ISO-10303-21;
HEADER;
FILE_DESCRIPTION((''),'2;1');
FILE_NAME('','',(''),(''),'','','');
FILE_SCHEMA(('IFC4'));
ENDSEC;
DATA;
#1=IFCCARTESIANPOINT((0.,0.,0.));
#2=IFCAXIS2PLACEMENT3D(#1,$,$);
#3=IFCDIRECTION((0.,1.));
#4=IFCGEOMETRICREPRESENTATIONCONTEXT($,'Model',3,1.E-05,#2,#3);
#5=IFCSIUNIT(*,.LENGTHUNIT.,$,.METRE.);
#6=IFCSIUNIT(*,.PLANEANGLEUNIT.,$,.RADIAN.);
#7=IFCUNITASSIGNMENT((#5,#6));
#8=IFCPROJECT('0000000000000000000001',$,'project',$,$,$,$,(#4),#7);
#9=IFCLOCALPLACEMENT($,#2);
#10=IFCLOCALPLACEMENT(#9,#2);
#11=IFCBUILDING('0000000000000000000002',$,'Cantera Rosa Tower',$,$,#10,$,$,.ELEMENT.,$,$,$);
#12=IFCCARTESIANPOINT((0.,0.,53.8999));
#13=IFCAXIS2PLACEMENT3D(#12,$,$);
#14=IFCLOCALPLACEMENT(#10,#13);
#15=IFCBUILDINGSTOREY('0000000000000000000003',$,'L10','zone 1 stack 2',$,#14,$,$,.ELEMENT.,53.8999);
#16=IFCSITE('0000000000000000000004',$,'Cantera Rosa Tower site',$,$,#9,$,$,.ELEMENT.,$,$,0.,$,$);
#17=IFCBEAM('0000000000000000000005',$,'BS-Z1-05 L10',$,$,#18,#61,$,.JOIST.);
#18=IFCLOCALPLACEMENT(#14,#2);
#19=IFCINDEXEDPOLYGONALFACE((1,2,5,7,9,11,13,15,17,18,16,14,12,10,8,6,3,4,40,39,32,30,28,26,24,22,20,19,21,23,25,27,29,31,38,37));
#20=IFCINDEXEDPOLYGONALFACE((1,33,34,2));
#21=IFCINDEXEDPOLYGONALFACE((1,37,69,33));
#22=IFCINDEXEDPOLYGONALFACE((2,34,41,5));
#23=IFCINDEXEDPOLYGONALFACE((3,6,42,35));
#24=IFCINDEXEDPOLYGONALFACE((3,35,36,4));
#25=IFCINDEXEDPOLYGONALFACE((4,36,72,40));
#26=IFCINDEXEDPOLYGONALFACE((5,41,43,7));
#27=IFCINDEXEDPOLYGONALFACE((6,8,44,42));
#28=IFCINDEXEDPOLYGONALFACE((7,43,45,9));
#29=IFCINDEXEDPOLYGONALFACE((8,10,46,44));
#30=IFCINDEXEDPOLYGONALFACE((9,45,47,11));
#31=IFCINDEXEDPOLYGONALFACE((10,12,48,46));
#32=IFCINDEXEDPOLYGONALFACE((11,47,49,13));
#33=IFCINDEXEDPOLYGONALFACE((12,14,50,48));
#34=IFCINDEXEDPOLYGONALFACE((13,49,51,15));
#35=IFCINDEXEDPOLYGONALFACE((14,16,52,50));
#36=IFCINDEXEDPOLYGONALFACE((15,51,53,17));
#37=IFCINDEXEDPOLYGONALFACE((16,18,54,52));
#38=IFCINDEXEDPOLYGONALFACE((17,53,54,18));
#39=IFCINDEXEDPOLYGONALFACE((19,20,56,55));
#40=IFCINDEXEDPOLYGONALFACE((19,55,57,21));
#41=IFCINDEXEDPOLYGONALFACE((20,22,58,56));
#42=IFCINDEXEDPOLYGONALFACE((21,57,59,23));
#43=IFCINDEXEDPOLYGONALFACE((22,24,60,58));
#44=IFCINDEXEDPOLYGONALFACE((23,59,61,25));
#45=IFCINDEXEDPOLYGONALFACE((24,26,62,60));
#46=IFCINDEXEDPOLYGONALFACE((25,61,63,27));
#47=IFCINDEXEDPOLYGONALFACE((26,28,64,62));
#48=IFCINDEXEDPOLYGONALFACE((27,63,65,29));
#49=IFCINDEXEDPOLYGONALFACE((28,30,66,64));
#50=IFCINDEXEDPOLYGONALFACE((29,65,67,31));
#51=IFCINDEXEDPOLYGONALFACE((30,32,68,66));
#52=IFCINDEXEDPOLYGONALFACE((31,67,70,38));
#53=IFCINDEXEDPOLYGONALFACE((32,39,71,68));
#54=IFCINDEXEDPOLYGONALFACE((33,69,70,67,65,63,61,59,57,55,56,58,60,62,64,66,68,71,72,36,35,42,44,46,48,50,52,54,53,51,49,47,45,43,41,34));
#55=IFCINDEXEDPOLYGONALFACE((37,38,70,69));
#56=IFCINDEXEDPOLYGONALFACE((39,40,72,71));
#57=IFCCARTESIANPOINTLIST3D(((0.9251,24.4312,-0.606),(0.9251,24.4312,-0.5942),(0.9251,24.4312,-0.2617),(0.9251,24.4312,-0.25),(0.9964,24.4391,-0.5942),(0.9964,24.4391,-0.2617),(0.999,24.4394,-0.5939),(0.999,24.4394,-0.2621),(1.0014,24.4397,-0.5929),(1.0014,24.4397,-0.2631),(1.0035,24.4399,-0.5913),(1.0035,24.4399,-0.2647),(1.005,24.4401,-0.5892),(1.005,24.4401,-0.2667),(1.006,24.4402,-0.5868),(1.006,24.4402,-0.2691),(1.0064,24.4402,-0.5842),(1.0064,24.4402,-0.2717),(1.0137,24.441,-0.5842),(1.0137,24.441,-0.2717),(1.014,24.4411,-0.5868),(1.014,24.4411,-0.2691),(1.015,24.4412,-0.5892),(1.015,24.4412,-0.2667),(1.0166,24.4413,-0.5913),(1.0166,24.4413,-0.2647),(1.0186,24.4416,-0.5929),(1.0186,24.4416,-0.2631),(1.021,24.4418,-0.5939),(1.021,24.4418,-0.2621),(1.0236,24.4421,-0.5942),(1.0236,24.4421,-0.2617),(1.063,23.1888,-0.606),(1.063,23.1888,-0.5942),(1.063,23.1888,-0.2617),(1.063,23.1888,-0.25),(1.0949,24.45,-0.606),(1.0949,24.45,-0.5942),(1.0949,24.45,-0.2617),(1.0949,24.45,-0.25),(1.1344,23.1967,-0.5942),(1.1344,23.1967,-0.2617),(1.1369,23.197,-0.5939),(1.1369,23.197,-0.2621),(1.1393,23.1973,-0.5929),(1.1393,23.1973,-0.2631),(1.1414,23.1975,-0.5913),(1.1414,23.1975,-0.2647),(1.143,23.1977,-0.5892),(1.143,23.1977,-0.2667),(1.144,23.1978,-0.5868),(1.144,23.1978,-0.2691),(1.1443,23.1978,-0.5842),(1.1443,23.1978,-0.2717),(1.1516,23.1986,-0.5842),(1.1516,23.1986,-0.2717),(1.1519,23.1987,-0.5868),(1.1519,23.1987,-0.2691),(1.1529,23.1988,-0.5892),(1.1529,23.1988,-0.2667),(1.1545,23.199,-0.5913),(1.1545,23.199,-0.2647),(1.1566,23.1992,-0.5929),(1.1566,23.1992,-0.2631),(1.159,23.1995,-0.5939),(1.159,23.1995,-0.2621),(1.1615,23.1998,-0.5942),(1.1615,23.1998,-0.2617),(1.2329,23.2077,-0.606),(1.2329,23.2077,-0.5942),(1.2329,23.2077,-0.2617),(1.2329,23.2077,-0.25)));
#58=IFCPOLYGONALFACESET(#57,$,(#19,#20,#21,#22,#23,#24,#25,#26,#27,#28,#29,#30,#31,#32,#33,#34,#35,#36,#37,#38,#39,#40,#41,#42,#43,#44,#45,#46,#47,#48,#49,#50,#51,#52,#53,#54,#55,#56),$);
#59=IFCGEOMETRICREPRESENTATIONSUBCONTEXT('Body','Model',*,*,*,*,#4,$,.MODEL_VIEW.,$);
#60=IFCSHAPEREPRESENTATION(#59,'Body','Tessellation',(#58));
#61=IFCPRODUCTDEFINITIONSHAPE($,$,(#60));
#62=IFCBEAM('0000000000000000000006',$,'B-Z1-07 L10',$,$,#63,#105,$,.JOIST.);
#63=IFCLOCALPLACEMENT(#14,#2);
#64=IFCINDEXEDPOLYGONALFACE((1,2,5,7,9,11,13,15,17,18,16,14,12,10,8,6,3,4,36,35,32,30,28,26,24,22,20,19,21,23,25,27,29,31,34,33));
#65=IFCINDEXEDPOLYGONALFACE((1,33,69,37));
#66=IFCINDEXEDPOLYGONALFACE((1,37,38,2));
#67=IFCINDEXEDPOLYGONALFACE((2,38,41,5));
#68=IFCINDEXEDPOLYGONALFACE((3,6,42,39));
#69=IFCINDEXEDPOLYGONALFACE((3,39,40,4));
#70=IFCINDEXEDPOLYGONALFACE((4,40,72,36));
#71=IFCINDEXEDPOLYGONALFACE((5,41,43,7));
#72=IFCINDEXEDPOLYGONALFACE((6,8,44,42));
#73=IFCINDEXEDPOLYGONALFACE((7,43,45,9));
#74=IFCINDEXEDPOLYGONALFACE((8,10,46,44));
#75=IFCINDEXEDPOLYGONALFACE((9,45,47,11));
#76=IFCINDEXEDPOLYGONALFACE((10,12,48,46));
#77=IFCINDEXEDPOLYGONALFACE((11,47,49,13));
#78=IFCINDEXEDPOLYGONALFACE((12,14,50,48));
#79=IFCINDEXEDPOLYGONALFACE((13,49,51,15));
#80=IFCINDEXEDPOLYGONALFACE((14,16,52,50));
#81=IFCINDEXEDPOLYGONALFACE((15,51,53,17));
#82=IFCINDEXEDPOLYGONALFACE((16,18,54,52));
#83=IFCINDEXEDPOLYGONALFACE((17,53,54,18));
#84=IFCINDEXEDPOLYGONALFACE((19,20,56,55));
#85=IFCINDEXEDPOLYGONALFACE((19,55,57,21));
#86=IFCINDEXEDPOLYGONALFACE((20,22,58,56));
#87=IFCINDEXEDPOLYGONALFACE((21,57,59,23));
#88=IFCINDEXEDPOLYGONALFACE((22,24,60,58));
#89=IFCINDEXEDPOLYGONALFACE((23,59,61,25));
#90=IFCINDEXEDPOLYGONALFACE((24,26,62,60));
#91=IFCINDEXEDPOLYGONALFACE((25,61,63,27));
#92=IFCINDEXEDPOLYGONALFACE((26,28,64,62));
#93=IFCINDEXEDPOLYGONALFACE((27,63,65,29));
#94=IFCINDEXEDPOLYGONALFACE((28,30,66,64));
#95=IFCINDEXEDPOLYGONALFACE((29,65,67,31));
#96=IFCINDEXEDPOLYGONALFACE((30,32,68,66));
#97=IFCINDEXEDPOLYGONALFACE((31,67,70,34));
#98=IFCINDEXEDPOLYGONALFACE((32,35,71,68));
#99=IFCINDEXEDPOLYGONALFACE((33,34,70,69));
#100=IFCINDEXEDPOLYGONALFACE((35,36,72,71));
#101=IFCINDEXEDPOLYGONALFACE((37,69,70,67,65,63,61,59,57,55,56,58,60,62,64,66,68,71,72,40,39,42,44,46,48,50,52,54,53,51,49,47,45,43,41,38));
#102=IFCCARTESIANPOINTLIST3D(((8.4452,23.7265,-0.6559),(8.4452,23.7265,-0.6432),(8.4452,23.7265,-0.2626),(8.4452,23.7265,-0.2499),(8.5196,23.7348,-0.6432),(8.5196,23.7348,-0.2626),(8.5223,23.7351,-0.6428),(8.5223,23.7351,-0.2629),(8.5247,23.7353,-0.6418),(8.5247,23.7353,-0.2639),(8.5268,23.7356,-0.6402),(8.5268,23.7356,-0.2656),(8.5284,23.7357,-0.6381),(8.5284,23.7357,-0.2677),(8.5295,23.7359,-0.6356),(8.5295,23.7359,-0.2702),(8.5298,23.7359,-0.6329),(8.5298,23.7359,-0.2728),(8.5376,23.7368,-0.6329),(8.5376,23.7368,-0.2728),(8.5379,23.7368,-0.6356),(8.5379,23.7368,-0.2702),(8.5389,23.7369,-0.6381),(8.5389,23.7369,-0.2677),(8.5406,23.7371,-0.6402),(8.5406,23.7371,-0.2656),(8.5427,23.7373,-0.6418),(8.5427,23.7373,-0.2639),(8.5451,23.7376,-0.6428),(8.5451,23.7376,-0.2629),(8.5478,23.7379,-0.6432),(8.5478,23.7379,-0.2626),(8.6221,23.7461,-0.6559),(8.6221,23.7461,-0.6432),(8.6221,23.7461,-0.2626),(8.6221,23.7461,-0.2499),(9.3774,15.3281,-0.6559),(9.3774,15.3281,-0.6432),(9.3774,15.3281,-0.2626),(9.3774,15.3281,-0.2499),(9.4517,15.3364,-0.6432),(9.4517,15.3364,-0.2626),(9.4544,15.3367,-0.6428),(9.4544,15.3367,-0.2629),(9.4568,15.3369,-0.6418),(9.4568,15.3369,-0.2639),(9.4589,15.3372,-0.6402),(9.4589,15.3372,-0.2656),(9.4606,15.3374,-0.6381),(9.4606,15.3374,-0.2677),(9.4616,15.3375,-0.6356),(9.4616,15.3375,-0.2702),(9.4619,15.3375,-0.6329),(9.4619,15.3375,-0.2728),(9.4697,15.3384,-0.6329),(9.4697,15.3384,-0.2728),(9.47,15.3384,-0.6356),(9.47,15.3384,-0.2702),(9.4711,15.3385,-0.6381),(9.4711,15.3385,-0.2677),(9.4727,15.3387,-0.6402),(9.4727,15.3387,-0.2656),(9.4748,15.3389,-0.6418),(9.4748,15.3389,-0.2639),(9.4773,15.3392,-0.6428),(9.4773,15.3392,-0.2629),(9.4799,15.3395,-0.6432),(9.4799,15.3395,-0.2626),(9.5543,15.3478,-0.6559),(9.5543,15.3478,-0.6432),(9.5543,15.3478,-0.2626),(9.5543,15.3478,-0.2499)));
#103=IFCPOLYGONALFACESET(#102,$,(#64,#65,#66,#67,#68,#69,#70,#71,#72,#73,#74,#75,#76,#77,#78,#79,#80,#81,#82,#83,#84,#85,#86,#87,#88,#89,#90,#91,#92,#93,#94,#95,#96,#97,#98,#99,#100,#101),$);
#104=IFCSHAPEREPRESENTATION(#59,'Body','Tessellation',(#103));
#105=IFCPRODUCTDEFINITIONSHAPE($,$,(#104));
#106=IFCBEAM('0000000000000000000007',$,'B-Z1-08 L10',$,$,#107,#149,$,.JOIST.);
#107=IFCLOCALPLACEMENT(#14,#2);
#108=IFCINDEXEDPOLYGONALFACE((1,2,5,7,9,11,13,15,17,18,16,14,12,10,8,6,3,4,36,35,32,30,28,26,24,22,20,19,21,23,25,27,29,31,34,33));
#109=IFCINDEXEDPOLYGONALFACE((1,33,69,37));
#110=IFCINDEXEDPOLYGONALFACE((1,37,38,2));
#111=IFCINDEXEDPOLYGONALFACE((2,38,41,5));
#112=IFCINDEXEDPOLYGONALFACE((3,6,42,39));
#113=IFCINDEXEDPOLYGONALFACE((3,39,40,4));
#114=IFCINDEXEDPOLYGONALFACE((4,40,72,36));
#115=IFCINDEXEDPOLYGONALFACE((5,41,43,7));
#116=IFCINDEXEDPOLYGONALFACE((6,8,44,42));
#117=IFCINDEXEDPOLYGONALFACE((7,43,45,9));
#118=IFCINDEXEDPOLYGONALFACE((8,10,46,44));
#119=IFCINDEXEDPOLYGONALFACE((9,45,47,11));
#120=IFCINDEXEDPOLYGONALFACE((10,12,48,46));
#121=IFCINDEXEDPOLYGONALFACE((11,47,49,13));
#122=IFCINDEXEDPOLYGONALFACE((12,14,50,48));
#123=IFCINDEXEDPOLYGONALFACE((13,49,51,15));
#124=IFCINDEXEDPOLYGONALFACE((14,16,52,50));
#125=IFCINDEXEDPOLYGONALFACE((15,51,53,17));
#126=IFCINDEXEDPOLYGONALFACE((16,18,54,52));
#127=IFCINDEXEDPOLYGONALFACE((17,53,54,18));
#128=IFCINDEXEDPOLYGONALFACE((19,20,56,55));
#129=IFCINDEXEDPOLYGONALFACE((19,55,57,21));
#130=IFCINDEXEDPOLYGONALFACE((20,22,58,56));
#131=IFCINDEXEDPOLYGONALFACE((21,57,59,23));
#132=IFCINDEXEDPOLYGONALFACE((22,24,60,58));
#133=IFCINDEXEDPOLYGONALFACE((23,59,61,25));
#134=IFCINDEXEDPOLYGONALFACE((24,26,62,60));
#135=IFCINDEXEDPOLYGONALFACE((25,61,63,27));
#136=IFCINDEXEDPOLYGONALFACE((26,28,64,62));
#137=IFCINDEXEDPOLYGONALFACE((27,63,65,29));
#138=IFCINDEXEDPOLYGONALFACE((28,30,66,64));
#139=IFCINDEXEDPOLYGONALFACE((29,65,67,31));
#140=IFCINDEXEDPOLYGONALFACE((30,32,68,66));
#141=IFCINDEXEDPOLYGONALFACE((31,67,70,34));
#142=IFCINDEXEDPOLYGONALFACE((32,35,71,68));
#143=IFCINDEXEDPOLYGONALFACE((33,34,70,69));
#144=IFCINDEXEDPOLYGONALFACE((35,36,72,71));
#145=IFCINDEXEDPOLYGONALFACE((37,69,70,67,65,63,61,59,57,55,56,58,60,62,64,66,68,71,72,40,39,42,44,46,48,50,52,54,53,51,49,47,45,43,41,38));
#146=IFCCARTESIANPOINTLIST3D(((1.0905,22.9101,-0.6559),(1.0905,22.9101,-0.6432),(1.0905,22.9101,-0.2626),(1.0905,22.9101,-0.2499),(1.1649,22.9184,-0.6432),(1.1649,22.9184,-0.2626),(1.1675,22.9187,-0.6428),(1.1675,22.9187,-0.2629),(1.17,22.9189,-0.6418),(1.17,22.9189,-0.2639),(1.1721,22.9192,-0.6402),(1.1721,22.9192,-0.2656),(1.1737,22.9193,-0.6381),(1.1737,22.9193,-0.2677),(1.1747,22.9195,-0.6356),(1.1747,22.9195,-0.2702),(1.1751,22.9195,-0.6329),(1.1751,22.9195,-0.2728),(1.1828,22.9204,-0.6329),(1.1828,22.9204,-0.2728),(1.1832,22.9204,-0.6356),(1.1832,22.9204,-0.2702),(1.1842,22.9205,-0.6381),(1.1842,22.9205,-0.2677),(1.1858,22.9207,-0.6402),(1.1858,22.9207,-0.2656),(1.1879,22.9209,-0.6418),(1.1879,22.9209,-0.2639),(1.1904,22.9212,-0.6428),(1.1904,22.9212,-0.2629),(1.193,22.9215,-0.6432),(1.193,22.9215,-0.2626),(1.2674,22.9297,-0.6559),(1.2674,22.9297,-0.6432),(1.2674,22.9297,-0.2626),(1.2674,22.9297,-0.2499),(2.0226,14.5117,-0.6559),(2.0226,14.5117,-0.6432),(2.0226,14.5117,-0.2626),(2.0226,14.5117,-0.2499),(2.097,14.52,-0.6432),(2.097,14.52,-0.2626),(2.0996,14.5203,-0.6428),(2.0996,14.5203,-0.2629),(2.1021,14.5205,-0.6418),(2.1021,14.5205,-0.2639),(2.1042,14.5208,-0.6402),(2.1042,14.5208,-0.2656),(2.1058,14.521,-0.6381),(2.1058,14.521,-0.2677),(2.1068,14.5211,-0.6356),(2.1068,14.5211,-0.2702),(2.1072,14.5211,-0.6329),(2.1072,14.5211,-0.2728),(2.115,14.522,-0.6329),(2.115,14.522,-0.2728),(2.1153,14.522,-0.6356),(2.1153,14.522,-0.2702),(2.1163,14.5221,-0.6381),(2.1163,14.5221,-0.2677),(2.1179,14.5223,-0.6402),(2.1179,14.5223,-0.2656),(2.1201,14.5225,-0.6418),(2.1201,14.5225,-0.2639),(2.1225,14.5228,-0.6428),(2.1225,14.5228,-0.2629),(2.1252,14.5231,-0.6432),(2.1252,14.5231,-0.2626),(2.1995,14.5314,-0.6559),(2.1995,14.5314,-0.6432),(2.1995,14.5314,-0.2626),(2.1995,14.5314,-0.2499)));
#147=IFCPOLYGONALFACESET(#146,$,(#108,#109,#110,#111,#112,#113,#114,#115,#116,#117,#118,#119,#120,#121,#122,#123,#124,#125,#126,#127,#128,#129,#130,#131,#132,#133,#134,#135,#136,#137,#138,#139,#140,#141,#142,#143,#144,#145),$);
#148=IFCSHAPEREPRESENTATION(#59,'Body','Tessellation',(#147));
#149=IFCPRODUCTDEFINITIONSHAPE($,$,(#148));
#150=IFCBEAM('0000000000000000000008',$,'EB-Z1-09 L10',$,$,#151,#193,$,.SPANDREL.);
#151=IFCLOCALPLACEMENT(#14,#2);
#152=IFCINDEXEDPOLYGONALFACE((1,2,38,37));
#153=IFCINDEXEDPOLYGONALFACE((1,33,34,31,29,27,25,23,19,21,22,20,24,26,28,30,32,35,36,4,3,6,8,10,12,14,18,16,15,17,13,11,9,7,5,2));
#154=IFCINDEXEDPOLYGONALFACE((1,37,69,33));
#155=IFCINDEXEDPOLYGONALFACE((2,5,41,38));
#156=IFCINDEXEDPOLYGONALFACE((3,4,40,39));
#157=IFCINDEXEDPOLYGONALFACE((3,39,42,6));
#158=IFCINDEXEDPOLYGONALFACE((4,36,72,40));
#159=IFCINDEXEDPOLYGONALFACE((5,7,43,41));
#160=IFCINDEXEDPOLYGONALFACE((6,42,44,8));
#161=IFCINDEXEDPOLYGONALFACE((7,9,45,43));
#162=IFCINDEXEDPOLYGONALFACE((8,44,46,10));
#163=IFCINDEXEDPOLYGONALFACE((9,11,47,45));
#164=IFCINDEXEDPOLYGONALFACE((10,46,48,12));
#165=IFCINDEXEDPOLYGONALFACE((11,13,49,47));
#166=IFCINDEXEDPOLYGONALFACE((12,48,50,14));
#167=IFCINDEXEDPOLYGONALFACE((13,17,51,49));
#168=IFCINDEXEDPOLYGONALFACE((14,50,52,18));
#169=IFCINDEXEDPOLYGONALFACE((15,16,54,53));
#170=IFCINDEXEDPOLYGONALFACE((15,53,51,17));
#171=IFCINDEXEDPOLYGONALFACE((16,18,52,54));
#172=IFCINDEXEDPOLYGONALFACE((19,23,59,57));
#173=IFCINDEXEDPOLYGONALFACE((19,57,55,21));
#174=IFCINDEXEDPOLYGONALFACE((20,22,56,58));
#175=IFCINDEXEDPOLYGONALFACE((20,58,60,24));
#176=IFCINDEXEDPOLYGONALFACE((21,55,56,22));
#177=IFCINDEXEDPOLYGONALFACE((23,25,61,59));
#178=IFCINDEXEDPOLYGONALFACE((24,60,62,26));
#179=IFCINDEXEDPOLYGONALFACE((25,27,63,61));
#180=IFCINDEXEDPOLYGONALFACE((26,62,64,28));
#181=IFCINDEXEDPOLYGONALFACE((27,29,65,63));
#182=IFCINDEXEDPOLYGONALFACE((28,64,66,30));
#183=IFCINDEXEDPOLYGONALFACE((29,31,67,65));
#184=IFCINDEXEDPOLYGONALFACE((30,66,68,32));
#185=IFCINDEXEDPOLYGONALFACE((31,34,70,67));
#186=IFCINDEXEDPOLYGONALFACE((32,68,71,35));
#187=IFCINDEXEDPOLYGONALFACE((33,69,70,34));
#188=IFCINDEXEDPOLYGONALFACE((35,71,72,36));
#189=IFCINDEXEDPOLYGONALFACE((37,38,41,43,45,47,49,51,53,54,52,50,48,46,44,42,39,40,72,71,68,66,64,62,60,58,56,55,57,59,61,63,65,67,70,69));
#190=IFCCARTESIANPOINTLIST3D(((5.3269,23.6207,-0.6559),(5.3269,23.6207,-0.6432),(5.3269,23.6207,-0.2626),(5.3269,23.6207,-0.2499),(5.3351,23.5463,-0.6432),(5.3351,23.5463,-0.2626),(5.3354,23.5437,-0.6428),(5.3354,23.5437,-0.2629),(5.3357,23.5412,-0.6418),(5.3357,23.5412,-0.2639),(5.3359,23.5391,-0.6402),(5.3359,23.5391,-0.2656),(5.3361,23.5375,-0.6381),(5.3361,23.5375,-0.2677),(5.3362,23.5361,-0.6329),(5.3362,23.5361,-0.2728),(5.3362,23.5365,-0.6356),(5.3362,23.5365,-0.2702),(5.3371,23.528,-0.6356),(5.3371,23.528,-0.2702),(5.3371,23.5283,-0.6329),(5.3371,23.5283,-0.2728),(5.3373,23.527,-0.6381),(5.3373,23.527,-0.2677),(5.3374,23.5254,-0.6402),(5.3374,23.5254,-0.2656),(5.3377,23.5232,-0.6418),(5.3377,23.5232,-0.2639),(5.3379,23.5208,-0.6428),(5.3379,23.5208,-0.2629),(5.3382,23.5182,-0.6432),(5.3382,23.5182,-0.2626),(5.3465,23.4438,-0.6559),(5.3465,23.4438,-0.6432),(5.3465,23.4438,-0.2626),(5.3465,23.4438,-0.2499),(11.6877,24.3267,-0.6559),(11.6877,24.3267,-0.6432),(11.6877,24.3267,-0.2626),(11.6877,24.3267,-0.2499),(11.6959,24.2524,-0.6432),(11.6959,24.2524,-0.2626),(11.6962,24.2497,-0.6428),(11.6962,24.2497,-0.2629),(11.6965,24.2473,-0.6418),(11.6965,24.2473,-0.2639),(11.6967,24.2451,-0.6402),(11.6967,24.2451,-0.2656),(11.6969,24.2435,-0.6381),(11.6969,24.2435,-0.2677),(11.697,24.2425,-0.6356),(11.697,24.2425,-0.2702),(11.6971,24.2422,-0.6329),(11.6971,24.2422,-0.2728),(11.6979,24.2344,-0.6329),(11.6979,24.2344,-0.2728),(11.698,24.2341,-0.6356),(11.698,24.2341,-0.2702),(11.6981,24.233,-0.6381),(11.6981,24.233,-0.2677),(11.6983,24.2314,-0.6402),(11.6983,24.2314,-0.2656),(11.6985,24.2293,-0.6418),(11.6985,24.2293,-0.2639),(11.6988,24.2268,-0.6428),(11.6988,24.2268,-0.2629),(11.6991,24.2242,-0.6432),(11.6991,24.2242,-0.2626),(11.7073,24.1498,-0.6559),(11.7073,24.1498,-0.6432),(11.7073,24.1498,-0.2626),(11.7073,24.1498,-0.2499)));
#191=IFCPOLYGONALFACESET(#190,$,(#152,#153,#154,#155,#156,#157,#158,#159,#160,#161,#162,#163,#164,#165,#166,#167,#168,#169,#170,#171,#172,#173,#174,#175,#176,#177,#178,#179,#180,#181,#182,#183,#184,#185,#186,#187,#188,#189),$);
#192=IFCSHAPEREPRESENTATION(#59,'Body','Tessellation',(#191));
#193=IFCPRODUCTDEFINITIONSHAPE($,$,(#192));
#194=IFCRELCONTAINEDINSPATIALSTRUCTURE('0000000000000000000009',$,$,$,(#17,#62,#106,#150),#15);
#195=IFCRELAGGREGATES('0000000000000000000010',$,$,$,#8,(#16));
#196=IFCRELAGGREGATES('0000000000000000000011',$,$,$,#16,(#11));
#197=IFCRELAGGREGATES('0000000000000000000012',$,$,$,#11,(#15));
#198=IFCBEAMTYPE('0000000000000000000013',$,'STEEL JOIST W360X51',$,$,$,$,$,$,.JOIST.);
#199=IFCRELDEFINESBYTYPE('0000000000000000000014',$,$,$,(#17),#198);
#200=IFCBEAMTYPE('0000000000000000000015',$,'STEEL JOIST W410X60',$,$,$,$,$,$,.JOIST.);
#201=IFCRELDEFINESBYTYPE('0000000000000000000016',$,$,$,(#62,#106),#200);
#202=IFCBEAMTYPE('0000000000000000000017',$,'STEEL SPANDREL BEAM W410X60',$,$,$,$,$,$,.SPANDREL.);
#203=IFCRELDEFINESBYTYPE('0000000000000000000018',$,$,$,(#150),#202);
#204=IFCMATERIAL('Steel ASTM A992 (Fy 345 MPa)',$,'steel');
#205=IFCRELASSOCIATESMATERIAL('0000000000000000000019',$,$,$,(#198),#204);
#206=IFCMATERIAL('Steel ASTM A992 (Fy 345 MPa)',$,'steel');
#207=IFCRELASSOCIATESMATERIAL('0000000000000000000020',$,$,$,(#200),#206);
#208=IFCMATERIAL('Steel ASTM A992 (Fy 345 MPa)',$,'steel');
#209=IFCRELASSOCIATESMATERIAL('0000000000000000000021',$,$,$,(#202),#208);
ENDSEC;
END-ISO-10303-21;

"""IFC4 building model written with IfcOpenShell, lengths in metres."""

from ifc_helpers import new_model, si_unit, direction, frame, origin, origin_2d, place, context, subcontext, project, spatial, i_section, extrude, material, material_profile, profile_set, type_object, element, save


model = new_model("IFC4")

# Units and contexts
model_context = context("Model", 3, precision=1e-05, world=origin(), true_north=direction((0.0, 1.0)))
body_context = subcontext(model_context, "Body", "Model", "MODEL_VIEW")
ifc_project = project(units=[si_unit("LENGTHUNIT", "METRE"), si_unit("PLANEANGLEUNIT", "RADIAN")], contexts=[model_context])

# Site, building, storey
site_placement = place(None, origin())
site = spatial("IfcSite", under=ifc_project, at=site_placement, Name="Cantera Rosa Tower site", CompositionType="ELEMENT", RefElevation=0.0)
building_placement = place(site_placement, origin())
building = spatial("IfcBuilding", under=site, at=building_placement, Name="Cantera Rosa Tower", CompositionType="ELEMENT")
storey_placement = place(building_placement, frame((0.0, 0.0, 53.8999)))
storey = spatial("IfcBuildingStorey", under=building, at=storey_placement, Name="L10", Description="zone 1 stack 2", CompositionType="ELEMENT", Elevation=53.8999)

# Beams
ifc_material_1 = material(Name="Steel ASTM A992 (Fy 345 MPa)", Category="steel")
ifc_material_profile_1 = material_profile(ifc_material_1, i_section(OverallWidth=0.1709, OverallDepth=0.356, WebThickness=0.0073, FlangeThickness=0.0117, FilletRadius=0.01, at=origin_2d()), Name="W360X51")
ifc_profile_set_1 = profile_set([ifc_material_profile_1], Name="Steel ASTM A992 (Fy 345 MPa)")
beam_type_1 = type_object("IfcBeamType", Name="STEEL JOIST W360X51", PredefinedType="JOIST", material=ifc_profile_set_1)
beam_1_placement = place(storey_placement, frame((1.1479, 23.1982, -0.428), z_axis=(-0.110346, 0.993893, 0.0), x_axis=(-0.993893, -0.110346, 0.0)))
element("IfcBeam", 1, at=beam_1_placement, inside=storey, type_object=beam_type_1, Name="BS-Z1-05 L10", PredefinedType="JOIST", context=body_context, shape_type="SweptSolid", body=[
    extrude(i_section(OverallWidth=0.1709, OverallDepth=0.356, WebThickness=0.0073, FlangeThickness=0.0117, FilletRadius=0.01, at=origin_2d()), origin(), (0.0, 0.0, 1.0), 1.25),
])
ifc_material_2 = material(Name="Steel ASTM A992 (Fy 345 MPa)", Category="steel")
ifc_material_profile_2 = material_profile(ifc_material_2, i_section(OverallWidth=0.178, OverallDepth=0.406, WebThickness=0.0078, FlangeThickness=0.0127, FilletRadius=0.0103, at=origin_2d()), Name="W410X60")
ifc_profile_set_2 = profile_set([ifc_material_profile_2], Name="Steel ASTM A992 (Fy 345 MPa)")
beam_type_2 = type_object("IfcBeamType", Name="STEEL JOIST W410X60", PredefinedType="JOIST", material=ifc_profile_set_2)
for number, where, z_axis, x_axis, name in (
    (2, (8.5337, 23.7363, -0.4529), (0.110311, -0.993897, 0.0), (0.993897, 0.110311, 0.0), "B-Z1-07 L10"),
    (3, (1.179, 22.9199, -0.4529), (0.110311, -0.993897, 0.0), (0.993897, 0.110311, 0.0), "B-Z1-08 L10"),
):
    element("IfcBeam", number, at=place(storey_placement, frame(where, z_axis=z_axis, x_axis=x_axis)), inside=storey, type_object=beam_type_2, Name=name, PredefinedType="JOIST", context=body_context, shape_type="SweptSolid", body=[
        extrude(i_section(OverallWidth=0.178, OverallDepth=0.406, WebThickness=0.0078, FlangeThickness=0.0127, FilletRadius=0.0103, at=origin_2d()), origin(), (0.0, 0.0, 1.0), 8.45),
    ])
ifc_material_3 = material(Name="Steel ASTM A992 (Fy 345 MPa)", Category="steel")
ifc_material_profile_3 = material_profile(ifc_material_3, i_section(OverallWidth=0.178, OverallDepth=0.406, WebThickness=0.0078, FlangeThickness=0.0127, FilletRadius=0.0103, at=origin_2d()), Name="W410X60")
ifc_profile_set_3 = profile_set([ifc_material_profile_3], Name="Steel ASTM A992 (Fy 345 MPa)")
beam_type_3 = type_object("IfcBeamType", Name="STEEL SPANDREL BEAM W410X60", PredefinedType="SPANDREL", material=ifc_profile_set_3)
for number, where, z_axis, x_axis, name in (
    (4, (11.6975, 24.2383, -0.4529), (-0.993896, -0.110323, 0.0), (0.110323, -0.993896, 0.0), "EB-Z1-09 L10"),
):
    element("IfcBeam", number, at=place(storey_placement, frame(where, z_axis=z_axis, x_axis=x_axis)), inside=storey, type_object=beam_type_3, Name=name, PredefinedType="SPANDREL", context=body_context, shape_type="SweptSolid", body=[
        extrude(i_section(OverallWidth=0.178, OverallDepth=0.406, WebThickness=0.0078, FlangeThickness=0.0127, FilletRadius=0.0103, at=origin_2d()), origin(), (0.0, 0.0, 1.0), 6.3999),
    ])

save(model, "model.ifc")
